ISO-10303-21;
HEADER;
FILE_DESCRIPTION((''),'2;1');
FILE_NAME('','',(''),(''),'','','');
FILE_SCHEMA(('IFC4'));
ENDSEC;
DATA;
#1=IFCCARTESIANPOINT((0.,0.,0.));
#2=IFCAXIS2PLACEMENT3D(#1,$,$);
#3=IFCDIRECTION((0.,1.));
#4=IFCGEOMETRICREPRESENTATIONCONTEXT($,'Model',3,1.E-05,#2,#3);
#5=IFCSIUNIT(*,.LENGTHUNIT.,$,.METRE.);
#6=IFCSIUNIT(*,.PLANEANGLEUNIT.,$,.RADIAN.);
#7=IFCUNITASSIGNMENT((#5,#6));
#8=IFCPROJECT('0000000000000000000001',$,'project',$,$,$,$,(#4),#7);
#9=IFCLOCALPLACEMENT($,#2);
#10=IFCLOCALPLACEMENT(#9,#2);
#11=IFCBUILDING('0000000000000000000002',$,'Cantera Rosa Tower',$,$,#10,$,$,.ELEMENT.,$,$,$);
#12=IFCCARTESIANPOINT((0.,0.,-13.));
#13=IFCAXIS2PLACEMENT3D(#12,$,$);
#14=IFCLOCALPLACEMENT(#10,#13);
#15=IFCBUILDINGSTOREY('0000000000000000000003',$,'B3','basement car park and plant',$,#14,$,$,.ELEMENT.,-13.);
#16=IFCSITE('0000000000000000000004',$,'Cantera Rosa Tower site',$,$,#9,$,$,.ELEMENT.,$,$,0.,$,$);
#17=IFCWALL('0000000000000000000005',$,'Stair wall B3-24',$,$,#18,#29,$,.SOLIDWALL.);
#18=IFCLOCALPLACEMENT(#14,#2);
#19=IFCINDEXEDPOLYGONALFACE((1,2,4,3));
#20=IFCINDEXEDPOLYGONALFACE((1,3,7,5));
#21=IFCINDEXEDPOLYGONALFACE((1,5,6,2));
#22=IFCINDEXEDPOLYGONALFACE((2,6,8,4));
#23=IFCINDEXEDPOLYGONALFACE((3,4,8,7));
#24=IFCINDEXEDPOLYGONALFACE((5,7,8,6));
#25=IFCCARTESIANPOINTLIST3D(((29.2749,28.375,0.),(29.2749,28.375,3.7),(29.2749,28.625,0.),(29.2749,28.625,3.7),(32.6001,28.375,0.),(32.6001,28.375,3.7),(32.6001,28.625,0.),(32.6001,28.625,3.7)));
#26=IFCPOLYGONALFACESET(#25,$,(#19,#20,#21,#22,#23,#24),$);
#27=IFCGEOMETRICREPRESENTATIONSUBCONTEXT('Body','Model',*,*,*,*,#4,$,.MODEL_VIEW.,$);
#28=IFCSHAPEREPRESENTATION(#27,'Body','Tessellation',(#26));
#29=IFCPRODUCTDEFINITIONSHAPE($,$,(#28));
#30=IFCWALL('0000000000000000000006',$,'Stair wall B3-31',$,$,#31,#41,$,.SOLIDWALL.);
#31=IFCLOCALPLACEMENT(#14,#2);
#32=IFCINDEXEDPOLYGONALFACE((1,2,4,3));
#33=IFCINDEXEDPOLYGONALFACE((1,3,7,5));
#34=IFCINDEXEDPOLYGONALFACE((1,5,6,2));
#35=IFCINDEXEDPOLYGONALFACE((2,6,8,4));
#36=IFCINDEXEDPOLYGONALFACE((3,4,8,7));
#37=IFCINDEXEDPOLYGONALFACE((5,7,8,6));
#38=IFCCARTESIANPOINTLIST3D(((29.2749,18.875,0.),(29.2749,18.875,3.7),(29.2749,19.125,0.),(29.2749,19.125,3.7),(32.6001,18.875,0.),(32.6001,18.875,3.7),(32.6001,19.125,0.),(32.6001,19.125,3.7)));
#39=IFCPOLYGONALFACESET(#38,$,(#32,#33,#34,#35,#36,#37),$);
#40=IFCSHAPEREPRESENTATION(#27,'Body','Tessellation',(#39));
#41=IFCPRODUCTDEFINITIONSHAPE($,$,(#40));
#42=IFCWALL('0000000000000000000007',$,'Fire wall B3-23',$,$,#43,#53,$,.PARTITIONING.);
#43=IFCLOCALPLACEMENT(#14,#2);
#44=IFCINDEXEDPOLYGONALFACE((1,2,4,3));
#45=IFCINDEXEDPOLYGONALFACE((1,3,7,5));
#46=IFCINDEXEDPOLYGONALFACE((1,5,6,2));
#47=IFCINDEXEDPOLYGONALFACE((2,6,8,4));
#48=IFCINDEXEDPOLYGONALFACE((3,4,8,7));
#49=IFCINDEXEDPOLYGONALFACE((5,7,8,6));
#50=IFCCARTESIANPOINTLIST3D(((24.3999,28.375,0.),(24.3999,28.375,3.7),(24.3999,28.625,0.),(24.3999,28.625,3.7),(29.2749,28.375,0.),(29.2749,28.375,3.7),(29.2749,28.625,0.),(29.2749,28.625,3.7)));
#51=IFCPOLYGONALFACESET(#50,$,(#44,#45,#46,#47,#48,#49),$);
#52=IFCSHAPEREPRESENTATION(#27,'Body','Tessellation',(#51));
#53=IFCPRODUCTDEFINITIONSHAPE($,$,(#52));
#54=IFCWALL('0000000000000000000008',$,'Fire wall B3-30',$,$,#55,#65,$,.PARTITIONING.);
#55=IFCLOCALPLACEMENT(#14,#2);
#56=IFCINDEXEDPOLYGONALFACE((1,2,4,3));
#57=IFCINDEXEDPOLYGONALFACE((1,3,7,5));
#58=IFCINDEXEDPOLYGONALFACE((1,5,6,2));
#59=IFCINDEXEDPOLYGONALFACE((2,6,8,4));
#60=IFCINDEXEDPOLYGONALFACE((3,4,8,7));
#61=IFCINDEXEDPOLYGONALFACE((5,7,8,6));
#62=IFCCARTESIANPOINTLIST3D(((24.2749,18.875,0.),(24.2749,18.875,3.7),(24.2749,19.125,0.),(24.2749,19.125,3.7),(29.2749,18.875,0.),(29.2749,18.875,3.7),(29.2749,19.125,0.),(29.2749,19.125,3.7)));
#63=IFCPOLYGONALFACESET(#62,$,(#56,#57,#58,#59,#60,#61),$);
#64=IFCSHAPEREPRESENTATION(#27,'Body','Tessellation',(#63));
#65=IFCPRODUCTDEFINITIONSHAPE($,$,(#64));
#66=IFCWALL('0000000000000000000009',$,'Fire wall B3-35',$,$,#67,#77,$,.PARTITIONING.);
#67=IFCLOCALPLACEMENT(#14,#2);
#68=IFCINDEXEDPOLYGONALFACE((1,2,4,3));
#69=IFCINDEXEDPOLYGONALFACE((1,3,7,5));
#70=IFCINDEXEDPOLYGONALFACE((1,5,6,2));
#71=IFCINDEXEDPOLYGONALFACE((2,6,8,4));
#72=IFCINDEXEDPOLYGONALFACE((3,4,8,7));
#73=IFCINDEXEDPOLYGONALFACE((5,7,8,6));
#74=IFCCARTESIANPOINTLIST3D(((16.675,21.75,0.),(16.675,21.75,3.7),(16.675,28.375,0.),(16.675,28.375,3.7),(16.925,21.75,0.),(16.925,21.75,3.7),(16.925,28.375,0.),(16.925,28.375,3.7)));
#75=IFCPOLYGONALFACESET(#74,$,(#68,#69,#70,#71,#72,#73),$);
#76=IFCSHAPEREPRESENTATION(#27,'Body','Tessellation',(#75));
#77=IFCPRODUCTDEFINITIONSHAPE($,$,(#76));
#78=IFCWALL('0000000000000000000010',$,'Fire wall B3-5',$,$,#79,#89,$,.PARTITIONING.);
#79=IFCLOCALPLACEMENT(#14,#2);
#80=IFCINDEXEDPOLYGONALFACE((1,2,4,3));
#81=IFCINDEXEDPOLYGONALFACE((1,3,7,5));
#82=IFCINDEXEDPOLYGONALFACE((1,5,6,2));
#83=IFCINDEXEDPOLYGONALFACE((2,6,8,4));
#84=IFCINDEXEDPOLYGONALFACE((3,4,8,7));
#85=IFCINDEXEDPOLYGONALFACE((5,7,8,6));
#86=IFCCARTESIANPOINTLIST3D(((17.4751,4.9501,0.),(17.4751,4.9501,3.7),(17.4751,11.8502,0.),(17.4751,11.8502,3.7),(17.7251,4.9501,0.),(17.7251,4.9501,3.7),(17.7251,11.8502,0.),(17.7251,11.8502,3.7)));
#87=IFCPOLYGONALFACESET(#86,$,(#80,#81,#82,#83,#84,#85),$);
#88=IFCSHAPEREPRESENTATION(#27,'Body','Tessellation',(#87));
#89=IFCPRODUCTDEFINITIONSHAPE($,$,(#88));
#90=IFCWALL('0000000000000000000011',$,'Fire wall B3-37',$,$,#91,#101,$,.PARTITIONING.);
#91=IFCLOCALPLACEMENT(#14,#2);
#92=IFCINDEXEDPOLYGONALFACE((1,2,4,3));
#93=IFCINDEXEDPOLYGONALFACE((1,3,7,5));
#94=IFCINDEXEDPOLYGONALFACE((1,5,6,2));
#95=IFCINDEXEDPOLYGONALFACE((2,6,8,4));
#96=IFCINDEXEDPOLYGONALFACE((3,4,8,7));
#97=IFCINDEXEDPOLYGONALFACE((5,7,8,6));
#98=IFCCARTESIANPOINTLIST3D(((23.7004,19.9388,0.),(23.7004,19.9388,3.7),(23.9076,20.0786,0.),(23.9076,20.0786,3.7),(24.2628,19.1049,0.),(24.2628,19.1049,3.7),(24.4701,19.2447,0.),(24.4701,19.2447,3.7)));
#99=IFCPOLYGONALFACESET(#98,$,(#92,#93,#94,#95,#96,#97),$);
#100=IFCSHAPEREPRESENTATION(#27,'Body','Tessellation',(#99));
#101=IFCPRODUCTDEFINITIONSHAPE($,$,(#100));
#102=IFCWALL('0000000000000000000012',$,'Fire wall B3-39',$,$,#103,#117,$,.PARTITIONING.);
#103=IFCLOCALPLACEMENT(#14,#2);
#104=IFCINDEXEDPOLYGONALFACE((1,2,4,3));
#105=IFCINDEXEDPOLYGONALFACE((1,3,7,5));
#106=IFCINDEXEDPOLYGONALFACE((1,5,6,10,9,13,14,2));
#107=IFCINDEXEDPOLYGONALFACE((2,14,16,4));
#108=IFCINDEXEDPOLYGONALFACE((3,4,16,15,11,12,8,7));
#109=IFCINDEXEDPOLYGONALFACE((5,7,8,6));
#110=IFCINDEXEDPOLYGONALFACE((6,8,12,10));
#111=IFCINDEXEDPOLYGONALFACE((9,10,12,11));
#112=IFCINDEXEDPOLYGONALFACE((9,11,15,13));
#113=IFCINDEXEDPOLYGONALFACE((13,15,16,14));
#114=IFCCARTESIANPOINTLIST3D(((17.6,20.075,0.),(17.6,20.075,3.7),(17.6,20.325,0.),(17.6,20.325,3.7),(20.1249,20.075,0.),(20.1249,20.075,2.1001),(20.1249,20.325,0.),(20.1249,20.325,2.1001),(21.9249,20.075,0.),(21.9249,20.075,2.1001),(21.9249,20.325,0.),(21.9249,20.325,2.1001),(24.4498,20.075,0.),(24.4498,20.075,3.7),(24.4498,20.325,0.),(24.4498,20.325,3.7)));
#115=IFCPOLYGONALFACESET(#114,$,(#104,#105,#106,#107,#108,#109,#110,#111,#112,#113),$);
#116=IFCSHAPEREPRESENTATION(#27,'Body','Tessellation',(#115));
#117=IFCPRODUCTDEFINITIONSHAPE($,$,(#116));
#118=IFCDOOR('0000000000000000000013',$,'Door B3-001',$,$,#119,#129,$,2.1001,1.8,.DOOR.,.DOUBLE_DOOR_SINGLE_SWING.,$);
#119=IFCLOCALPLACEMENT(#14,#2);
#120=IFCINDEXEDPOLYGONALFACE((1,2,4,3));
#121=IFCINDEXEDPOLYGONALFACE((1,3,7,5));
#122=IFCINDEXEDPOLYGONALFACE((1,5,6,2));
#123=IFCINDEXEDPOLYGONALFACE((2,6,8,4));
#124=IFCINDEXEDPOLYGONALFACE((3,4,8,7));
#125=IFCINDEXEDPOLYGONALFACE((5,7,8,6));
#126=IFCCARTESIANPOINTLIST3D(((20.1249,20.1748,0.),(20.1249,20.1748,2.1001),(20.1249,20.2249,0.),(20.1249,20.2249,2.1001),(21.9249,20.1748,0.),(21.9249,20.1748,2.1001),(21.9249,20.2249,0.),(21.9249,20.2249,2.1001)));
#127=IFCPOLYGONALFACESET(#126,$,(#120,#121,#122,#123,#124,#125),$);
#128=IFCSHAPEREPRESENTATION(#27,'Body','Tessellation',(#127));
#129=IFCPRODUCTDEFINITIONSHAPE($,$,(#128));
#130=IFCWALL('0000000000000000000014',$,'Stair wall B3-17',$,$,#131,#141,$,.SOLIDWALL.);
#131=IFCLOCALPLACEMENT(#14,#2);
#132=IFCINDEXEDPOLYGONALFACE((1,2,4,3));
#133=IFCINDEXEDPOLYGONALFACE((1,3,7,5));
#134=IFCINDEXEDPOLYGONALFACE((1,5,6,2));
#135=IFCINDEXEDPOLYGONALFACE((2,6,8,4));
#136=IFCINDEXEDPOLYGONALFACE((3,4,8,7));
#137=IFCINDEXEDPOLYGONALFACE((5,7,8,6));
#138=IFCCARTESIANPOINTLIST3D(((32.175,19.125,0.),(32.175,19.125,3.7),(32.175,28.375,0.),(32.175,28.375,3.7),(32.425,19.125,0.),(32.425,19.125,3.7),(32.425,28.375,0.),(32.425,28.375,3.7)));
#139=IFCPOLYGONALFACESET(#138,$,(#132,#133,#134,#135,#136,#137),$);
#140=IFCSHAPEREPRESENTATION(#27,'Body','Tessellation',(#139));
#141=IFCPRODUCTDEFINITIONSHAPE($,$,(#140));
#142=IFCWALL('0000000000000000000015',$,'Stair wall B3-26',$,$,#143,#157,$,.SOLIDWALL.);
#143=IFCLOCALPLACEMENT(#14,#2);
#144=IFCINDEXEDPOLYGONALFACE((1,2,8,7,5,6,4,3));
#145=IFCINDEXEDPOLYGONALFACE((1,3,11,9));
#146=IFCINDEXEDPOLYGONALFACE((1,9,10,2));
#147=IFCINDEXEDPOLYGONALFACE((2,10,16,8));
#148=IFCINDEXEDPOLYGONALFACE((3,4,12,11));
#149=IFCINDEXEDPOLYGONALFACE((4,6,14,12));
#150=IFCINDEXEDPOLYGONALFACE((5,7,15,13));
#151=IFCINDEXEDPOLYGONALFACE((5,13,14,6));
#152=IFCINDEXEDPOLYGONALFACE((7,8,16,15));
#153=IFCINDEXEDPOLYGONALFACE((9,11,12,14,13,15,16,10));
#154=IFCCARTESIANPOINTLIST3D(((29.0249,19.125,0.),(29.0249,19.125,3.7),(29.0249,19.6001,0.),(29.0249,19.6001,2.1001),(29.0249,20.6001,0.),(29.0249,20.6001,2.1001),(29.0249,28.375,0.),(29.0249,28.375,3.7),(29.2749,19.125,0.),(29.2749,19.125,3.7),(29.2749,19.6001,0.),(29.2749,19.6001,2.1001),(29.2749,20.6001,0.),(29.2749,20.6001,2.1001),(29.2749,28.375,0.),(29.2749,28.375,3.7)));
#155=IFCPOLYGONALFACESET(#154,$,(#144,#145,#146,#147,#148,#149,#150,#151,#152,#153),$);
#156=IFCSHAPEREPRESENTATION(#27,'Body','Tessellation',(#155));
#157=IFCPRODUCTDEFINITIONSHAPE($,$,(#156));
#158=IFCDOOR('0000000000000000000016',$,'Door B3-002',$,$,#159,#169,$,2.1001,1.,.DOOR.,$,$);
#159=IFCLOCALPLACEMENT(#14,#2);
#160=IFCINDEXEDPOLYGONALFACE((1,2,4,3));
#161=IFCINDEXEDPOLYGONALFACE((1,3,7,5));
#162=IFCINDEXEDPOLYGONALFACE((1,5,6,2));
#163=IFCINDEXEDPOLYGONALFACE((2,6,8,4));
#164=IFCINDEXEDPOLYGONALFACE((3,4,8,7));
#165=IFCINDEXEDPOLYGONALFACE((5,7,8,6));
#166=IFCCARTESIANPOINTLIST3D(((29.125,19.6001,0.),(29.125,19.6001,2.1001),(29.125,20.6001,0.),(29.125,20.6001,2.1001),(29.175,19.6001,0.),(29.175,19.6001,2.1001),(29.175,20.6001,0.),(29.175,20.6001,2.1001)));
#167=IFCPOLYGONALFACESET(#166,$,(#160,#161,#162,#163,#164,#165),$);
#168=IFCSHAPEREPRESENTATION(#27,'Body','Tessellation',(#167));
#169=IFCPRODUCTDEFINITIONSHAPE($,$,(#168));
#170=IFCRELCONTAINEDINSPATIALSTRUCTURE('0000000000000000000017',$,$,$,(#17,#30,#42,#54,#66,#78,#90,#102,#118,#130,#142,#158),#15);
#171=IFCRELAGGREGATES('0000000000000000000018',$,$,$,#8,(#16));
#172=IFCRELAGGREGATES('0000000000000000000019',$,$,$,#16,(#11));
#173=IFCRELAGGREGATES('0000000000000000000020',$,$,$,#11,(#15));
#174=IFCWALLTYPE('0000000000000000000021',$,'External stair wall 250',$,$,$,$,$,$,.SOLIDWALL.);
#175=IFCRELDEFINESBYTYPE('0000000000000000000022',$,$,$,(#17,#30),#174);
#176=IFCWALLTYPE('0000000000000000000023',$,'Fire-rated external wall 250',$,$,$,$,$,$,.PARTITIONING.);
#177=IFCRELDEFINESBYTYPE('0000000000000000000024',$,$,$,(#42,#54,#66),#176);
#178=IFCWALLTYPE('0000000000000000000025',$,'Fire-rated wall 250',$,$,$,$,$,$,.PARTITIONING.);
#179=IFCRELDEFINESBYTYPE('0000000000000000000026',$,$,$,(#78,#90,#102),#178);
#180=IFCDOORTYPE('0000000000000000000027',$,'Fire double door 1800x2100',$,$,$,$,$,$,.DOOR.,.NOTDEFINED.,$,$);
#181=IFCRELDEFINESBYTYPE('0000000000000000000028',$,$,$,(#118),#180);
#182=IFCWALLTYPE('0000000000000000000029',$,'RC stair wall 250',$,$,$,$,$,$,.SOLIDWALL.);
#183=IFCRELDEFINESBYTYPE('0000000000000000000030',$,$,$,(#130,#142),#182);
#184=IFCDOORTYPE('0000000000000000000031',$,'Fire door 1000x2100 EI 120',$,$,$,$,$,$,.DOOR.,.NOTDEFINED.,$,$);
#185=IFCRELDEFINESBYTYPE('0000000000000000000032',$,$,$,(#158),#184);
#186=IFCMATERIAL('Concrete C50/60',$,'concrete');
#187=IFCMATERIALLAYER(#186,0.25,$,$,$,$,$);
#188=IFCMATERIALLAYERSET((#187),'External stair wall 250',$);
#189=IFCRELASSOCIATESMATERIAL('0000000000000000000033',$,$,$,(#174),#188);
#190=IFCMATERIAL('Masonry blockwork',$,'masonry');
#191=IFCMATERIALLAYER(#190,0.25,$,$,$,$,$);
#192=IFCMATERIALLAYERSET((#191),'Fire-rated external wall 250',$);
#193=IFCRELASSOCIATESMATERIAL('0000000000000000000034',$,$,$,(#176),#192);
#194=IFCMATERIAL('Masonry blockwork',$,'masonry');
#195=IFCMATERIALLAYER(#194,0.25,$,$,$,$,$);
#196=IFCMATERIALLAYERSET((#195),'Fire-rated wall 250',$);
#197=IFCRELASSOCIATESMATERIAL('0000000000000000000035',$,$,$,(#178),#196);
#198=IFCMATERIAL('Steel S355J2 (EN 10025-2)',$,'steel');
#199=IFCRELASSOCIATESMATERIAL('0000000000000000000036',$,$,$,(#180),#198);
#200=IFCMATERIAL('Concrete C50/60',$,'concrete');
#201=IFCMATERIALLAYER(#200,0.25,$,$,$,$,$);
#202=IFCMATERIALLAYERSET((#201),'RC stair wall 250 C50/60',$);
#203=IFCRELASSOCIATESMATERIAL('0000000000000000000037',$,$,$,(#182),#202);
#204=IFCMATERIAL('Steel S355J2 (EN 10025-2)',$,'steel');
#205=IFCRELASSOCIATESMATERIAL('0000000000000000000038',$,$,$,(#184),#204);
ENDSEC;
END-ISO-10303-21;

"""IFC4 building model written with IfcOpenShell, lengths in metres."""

from ifc_helpers import new_model, si_unit, direction, frame, frame_2d, origin, place, context, subcontext, project, spatial, rectangle, extrude, material, layer, layer_set, type_object, element, fill, save


model = new_model("IFC4")

# Units and contexts
model_context = context("Model", 3, precision=1e-05, world=origin(), true_north=direction((0.0, 1.0)))
body_context = subcontext(model_context, "Body", "Model", "MODEL_VIEW")
ifc_project = project(units=[si_unit("LENGTHUNIT", "METRE"), si_unit("PLANEANGLEUNIT", "RADIAN")], contexts=[model_context])

# Site, building, storey
site_placement = place(None, origin())
site = spatial("IfcSite", under=ifc_project, at=site_placement, Name="Cantera Rosa Tower site", CompositionType="ELEMENT", RefElevation=0.0)
building_placement = place(site_placement, origin())
building = spatial("IfcBuilding", under=site, at=building_placement, Name="Cantera Rosa Tower", CompositionType="ELEMENT")
storey_placement = place(building_placement, frame((0.0, 0.0, -13.0)))
storey = spatial("IfcBuildingStorey", under=building, at=storey_placement, Name="B3", Description="basement car park and plant", CompositionType="ELEMENT", Elevation=-13.0)

# Walls
ifc_material_1 = material(Name="Concrete C50/60", Category="concrete")
ifc_layer_1 = layer(ifc_material_1, 0.25)
ifc_layer_set_1 = layer_set([ifc_layer_1], Name="External stair wall 250")
wall_type_1 = type_object("IfcWallType", Name="External stair wall 250", PredefinedType="SOLIDWALL", material=ifc_layer_set_1)
for number, where, z_axis, x_axis, name in (
    (1, (29.2749, 28.5, 0.0), (0.0, 0.0, 1.0), (1.0, 0.0, 0.0), "Stair wall B3-24"),
    (2, (32.6001, 19.0, 0.0), (0.0, 0.0, 1.0), (-1.0, 0.0, 0.0), "Stair wall B3-31"),
):
    element("IfcWall", number, at=place(storey_placement, frame(where, z_axis=z_axis, x_axis=x_axis)), inside=storey, type_object=wall_type_1, Name=name, PredefinedType="SOLIDWALL", context=body_context, shape_type="SweptSolid", body=[
        extrude(rectangle(XDim=3.3252, YDim=0.25, at=frame_2d((1.6626, 0.0))), origin(), (0.0, 0.0, 1.0), 3.7),
    ])
ifc_material_2 = material(Name="Masonry blockwork", Category="masonry")
ifc_layer_2 = layer(ifc_material_2, 0.25)
ifc_layer_set_2 = layer_set([ifc_layer_2], Name="Fire-rated external wall 250")
wall_type_2 = type_object("IfcWallType", Name="Fire-rated external wall 250", PredefinedType="PARTITIONING", material=ifc_layer_set_2)
wall_1_placement = place(storey_placement, frame((24.3999, 28.5, 0.0), z_axis=(0.0, 0.0, 1.0), x_axis=(1.0, 0.0, 0.0)))
element("IfcWall", 3, at=wall_1_placement, inside=storey, type_object=wall_type_2, Name="Fire wall B3-23", PredefinedType="PARTITIONING", context=body_context, shape_type="SweptSolid", body=[
    extrude(rectangle(XDim=4.875, YDim=0.25, at=frame_2d((2.4375, 0.0))), origin(), (0.0, 0.0, 1.0), 3.7),
])
wall_2_placement = place(storey_placement, frame((24.2749, 19.0, 0.0), z_axis=(0.0, 0.0, 1.0), x_axis=(1.0, 0.0, 0.0)))
element("IfcWall", 4, at=wall_2_placement, inside=storey, type_object=wall_type_2, Name="Fire wall B3-30", PredefinedType="PARTITIONING", context=body_context, shape_type="SweptSolid", body=[
    extrude(rectangle(XDim=5.0, YDim=0.25, at=frame_2d((2.5, 0.0))), origin(), (0.0, 0.0, 1.0), 3.7),
])
wall_3_placement = place(storey_placement, frame((16.8, 21.75, 0.0), z_axis=(0.0, 0.0, 1.0), x_axis=(0.0, 1.0, 0.0)))
element("IfcWall", 5, at=wall_3_placement, inside=storey, type_object=wall_type_2, Name="Fire wall B3-35", PredefinedType="PARTITIONING", context=body_context, shape_type="SweptSolid", body=[
    extrude(rectangle(XDim=6.625, YDim=0.25, at=frame_2d((3.3125, 0.0))), origin(), (0.0, 0.0, 1.0), 3.7),
])
ifc_material_3 = material(Name="Masonry blockwork", Category="masonry")
ifc_layer_3 = layer(ifc_material_3, 0.25)
ifc_layer_set_3 = layer_set([ifc_layer_3], Name="Fire-rated wall 250")
wall_type_3 = type_object("IfcWallType", Name="Fire-rated wall 250", PredefinedType="PARTITIONING", material=ifc_layer_set_3)
wall_4_placement = place(storey_placement, frame((17.6001, 4.95, 0.0), z_axis=(0.0, 0.0, 1.0), x_axis=(0.0, 1.0, 0.0)))
element("IfcWall", 6, at=wall_4_placement, inside=storey, type_object=wall_type_3, Name="Fire wall B3-5", PredefinedType="PARTITIONING", context=body_context, shape_type="SweptSolid", body=[
    extrude(rectangle(XDim=6.9001, YDim=0.25, at=frame_2d((3.4502, 0.0))), origin(), (0.0, 0.0, 1.0), 3.7),
])
wall_5_placement = place(storey_placement, frame((24.3665, 19.1748, 0.0), z_axis=(0.0, 0.0, 1.0), x_axis=(-0.559173, 0.829051, 0.0)))
element("IfcWall", 7, at=wall_5_placement, inside=storey, type_object=wall_type_3, Name="Fire wall B3-37", PredefinedType="PARTITIONING", context=body_context, shape_type="SweptSolid", body=[
    extrude(rectangle(XDim=1.0059, YDim=0.25, at=frame_2d((0.5029, 0.0))), origin(), (0.0, 0.0, 1.0), 3.7),
])

# Wall, opening, door
wall_6_placement = place(storey_placement, frame((17.6001, 20.2, 0.0), z_axis=(0.0, 0.0, 1.0), x_axis=(1.0, 0.0, 0.0)))
wall_6 = element("IfcWall", 8, at=wall_6_placement, inside=storey, type_object=wall_type_3, Name="Fire wall B3-39", PredefinedType="PARTITIONING", context=body_context, shape_type="SweptSolid", body=[
    extrude(rectangle(XDim=6.8499, YDim=0.25, at=frame_2d((3.4248, 0.0))), origin(), (0.0, 0.0, 1.0), 3.7),
])
opening_1_placement = place(wall_6_placement, frame((2.5249, 0.0, 0.0)))
opening_1 = element("IfcOpeningElement", 9, at=opening_1_placement, cuts=wall_6, PredefinedType="OPENING", context=body_context, shape_type="SweptSolid", body=[
    extrude(rectangle(XDim=1.8, YDim=2.1001, at=frame_2d((0.8999, 1.05))), frame((0.0, 0.135, 0.0), z_axis=(0.0, -1.0, 0.0), x_axis=(1.0, 0.0, 0.0)), (0.0, 0.0, 1.0), 0.27),
])
ifc_material_4 = material(Name="Steel S355J2 (EN 10025-2)", Category="steel")
door_type_1 = type_object("IfcDoorType", Name="Fire double door 1800x2100", OperationType="NOTDEFINED", PredefinedType="DOOR", material=ifc_material_4)
door_1_placement = place(opening_1_placement, origin())
door_1 = element("IfcDoor", 10, at=door_1_placement, inside=storey, type_object=door_type_1, Name="Door B3-001", OperationType="DOUBLE_DOOR_SINGLE_SWING", OverallHeight=2.1001, OverallWidth=1.8, PredefinedType="DOOR", context=body_context, shape_type="SweptSolid", body=[
    extrude(rectangle(XDim=1.8, YDim=2.1001, at=frame_2d((0.8999, 1.05))), frame((0.0, 0.0249, 0.0), z_axis=(0.0, -1.0, 0.0), x_axis=(1.0, 0.0, 0.0)), (0.0, 0.0, 1.0), 0.05),
])
fill(opening_1, door_1)

# Wall
ifc_material_5 = material(Name="Concrete C50/60", Category="concrete")
ifc_layer_4 = layer(ifc_material_5, 0.25)
ifc_layer_set_4 = layer_set([ifc_layer_4], Name="RC stair wall 250 C50/60")
wall_type_4 = type_object("IfcWallType", Name="RC stair wall 250", PredefinedType="SOLIDWALL", material=ifc_layer_set_4)
wall_7_placement = place(storey_placement, frame((32.3, 19.125, 0.0), z_axis=(0.0, 0.0, 1.0), x_axis=(0.0, 1.0, 0.0)))
element("IfcWall", 11, at=wall_7_placement, inside=storey, type_object=wall_type_4, Name="Stair wall B3-17", PredefinedType="SOLIDWALL", context=body_context, shape_type="SweptSolid", body=[
    extrude(rectangle(XDim=9.25, YDim=0.25, at=frame_2d((4.625, 0.0))), origin(), (0.0, 0.0, 1.0), 3.7),
])

# Wall, opening, door
wall_8_placement = place(storey_placement, frame((29.1499, 19.125, 0.0), z_axis=(0.0, 0.0, 1.0), x_axis=(0.0, 1.0, 0.0)))
wall_8 = element("IfcWall", 12, at=wall_8_placement, inside=storey, type_object=wall_type_4, Name="Stair wall B3-26", PredefinedType="SOLIDWALL", context=body_context, shape_type="SweptSolid", body=[
    extrude(rectangle(XDim=9.25, YDim=0.25, at=frame_2d((4.625, 0.0))), origin(), (0.0, 0.0, 1.0), 3.7),
])
opening_2_placement = place(wall_8_placement, frame((0.4751, 0.0, 0.0)))
opening_2 = element("IfcOpeningElement", 13, at=opening_2_placement, cuts=wall_8, PredefinedType="OPENING", context=body_context, shape_type="SweptSolid", body=[
    extrude(rectangle(XDim=1.0, YDim=2.1001, at=frame_2d((0.5, 1.05))), frame((0.0, 0.135, 0.0), z_axis=(0.0, -1.0, 0.0), x_axis=(1.0, 0.0, 0.0)), (0.0, 0.0, 1.0), 0.27),
])
ifc_material_6 = material(Name="Steel S355J2 (EN 10025-2)", Category="steel")
door_type_2 = type_object("IfcDoorType", Name="Fire door 1000x2100 EI 120", OperationType="NOTDEFINED", PredefinedType="DOOR", material=ifc_material_6)
door_2_placement = place(opening_2_placement, origin())
door_2 = element("IfcDoor", 14, at=door_2_placement, inside=storey, type_object=door_type_2, Name="Door B3-002", OverallHeight=2.1001, OverallWidth=1.0, PredefinedType="DOOR", context=body_context, shape_type="SweptSolid", body=[
    extrude(rectangle(XDim=1.0, YDim=2.1001, at=frame_2d((0.5, 1.05))), frame((0.0, 0.0249, 0.0), z_axis=(0.0, -1.0, 0.0), x_axis=(1.0, 0.0, 0.0)), (0.0, 0.0, 1.0), 0.05),
])
fill(opening_2, door_2)

save(model, "model.ifc")
